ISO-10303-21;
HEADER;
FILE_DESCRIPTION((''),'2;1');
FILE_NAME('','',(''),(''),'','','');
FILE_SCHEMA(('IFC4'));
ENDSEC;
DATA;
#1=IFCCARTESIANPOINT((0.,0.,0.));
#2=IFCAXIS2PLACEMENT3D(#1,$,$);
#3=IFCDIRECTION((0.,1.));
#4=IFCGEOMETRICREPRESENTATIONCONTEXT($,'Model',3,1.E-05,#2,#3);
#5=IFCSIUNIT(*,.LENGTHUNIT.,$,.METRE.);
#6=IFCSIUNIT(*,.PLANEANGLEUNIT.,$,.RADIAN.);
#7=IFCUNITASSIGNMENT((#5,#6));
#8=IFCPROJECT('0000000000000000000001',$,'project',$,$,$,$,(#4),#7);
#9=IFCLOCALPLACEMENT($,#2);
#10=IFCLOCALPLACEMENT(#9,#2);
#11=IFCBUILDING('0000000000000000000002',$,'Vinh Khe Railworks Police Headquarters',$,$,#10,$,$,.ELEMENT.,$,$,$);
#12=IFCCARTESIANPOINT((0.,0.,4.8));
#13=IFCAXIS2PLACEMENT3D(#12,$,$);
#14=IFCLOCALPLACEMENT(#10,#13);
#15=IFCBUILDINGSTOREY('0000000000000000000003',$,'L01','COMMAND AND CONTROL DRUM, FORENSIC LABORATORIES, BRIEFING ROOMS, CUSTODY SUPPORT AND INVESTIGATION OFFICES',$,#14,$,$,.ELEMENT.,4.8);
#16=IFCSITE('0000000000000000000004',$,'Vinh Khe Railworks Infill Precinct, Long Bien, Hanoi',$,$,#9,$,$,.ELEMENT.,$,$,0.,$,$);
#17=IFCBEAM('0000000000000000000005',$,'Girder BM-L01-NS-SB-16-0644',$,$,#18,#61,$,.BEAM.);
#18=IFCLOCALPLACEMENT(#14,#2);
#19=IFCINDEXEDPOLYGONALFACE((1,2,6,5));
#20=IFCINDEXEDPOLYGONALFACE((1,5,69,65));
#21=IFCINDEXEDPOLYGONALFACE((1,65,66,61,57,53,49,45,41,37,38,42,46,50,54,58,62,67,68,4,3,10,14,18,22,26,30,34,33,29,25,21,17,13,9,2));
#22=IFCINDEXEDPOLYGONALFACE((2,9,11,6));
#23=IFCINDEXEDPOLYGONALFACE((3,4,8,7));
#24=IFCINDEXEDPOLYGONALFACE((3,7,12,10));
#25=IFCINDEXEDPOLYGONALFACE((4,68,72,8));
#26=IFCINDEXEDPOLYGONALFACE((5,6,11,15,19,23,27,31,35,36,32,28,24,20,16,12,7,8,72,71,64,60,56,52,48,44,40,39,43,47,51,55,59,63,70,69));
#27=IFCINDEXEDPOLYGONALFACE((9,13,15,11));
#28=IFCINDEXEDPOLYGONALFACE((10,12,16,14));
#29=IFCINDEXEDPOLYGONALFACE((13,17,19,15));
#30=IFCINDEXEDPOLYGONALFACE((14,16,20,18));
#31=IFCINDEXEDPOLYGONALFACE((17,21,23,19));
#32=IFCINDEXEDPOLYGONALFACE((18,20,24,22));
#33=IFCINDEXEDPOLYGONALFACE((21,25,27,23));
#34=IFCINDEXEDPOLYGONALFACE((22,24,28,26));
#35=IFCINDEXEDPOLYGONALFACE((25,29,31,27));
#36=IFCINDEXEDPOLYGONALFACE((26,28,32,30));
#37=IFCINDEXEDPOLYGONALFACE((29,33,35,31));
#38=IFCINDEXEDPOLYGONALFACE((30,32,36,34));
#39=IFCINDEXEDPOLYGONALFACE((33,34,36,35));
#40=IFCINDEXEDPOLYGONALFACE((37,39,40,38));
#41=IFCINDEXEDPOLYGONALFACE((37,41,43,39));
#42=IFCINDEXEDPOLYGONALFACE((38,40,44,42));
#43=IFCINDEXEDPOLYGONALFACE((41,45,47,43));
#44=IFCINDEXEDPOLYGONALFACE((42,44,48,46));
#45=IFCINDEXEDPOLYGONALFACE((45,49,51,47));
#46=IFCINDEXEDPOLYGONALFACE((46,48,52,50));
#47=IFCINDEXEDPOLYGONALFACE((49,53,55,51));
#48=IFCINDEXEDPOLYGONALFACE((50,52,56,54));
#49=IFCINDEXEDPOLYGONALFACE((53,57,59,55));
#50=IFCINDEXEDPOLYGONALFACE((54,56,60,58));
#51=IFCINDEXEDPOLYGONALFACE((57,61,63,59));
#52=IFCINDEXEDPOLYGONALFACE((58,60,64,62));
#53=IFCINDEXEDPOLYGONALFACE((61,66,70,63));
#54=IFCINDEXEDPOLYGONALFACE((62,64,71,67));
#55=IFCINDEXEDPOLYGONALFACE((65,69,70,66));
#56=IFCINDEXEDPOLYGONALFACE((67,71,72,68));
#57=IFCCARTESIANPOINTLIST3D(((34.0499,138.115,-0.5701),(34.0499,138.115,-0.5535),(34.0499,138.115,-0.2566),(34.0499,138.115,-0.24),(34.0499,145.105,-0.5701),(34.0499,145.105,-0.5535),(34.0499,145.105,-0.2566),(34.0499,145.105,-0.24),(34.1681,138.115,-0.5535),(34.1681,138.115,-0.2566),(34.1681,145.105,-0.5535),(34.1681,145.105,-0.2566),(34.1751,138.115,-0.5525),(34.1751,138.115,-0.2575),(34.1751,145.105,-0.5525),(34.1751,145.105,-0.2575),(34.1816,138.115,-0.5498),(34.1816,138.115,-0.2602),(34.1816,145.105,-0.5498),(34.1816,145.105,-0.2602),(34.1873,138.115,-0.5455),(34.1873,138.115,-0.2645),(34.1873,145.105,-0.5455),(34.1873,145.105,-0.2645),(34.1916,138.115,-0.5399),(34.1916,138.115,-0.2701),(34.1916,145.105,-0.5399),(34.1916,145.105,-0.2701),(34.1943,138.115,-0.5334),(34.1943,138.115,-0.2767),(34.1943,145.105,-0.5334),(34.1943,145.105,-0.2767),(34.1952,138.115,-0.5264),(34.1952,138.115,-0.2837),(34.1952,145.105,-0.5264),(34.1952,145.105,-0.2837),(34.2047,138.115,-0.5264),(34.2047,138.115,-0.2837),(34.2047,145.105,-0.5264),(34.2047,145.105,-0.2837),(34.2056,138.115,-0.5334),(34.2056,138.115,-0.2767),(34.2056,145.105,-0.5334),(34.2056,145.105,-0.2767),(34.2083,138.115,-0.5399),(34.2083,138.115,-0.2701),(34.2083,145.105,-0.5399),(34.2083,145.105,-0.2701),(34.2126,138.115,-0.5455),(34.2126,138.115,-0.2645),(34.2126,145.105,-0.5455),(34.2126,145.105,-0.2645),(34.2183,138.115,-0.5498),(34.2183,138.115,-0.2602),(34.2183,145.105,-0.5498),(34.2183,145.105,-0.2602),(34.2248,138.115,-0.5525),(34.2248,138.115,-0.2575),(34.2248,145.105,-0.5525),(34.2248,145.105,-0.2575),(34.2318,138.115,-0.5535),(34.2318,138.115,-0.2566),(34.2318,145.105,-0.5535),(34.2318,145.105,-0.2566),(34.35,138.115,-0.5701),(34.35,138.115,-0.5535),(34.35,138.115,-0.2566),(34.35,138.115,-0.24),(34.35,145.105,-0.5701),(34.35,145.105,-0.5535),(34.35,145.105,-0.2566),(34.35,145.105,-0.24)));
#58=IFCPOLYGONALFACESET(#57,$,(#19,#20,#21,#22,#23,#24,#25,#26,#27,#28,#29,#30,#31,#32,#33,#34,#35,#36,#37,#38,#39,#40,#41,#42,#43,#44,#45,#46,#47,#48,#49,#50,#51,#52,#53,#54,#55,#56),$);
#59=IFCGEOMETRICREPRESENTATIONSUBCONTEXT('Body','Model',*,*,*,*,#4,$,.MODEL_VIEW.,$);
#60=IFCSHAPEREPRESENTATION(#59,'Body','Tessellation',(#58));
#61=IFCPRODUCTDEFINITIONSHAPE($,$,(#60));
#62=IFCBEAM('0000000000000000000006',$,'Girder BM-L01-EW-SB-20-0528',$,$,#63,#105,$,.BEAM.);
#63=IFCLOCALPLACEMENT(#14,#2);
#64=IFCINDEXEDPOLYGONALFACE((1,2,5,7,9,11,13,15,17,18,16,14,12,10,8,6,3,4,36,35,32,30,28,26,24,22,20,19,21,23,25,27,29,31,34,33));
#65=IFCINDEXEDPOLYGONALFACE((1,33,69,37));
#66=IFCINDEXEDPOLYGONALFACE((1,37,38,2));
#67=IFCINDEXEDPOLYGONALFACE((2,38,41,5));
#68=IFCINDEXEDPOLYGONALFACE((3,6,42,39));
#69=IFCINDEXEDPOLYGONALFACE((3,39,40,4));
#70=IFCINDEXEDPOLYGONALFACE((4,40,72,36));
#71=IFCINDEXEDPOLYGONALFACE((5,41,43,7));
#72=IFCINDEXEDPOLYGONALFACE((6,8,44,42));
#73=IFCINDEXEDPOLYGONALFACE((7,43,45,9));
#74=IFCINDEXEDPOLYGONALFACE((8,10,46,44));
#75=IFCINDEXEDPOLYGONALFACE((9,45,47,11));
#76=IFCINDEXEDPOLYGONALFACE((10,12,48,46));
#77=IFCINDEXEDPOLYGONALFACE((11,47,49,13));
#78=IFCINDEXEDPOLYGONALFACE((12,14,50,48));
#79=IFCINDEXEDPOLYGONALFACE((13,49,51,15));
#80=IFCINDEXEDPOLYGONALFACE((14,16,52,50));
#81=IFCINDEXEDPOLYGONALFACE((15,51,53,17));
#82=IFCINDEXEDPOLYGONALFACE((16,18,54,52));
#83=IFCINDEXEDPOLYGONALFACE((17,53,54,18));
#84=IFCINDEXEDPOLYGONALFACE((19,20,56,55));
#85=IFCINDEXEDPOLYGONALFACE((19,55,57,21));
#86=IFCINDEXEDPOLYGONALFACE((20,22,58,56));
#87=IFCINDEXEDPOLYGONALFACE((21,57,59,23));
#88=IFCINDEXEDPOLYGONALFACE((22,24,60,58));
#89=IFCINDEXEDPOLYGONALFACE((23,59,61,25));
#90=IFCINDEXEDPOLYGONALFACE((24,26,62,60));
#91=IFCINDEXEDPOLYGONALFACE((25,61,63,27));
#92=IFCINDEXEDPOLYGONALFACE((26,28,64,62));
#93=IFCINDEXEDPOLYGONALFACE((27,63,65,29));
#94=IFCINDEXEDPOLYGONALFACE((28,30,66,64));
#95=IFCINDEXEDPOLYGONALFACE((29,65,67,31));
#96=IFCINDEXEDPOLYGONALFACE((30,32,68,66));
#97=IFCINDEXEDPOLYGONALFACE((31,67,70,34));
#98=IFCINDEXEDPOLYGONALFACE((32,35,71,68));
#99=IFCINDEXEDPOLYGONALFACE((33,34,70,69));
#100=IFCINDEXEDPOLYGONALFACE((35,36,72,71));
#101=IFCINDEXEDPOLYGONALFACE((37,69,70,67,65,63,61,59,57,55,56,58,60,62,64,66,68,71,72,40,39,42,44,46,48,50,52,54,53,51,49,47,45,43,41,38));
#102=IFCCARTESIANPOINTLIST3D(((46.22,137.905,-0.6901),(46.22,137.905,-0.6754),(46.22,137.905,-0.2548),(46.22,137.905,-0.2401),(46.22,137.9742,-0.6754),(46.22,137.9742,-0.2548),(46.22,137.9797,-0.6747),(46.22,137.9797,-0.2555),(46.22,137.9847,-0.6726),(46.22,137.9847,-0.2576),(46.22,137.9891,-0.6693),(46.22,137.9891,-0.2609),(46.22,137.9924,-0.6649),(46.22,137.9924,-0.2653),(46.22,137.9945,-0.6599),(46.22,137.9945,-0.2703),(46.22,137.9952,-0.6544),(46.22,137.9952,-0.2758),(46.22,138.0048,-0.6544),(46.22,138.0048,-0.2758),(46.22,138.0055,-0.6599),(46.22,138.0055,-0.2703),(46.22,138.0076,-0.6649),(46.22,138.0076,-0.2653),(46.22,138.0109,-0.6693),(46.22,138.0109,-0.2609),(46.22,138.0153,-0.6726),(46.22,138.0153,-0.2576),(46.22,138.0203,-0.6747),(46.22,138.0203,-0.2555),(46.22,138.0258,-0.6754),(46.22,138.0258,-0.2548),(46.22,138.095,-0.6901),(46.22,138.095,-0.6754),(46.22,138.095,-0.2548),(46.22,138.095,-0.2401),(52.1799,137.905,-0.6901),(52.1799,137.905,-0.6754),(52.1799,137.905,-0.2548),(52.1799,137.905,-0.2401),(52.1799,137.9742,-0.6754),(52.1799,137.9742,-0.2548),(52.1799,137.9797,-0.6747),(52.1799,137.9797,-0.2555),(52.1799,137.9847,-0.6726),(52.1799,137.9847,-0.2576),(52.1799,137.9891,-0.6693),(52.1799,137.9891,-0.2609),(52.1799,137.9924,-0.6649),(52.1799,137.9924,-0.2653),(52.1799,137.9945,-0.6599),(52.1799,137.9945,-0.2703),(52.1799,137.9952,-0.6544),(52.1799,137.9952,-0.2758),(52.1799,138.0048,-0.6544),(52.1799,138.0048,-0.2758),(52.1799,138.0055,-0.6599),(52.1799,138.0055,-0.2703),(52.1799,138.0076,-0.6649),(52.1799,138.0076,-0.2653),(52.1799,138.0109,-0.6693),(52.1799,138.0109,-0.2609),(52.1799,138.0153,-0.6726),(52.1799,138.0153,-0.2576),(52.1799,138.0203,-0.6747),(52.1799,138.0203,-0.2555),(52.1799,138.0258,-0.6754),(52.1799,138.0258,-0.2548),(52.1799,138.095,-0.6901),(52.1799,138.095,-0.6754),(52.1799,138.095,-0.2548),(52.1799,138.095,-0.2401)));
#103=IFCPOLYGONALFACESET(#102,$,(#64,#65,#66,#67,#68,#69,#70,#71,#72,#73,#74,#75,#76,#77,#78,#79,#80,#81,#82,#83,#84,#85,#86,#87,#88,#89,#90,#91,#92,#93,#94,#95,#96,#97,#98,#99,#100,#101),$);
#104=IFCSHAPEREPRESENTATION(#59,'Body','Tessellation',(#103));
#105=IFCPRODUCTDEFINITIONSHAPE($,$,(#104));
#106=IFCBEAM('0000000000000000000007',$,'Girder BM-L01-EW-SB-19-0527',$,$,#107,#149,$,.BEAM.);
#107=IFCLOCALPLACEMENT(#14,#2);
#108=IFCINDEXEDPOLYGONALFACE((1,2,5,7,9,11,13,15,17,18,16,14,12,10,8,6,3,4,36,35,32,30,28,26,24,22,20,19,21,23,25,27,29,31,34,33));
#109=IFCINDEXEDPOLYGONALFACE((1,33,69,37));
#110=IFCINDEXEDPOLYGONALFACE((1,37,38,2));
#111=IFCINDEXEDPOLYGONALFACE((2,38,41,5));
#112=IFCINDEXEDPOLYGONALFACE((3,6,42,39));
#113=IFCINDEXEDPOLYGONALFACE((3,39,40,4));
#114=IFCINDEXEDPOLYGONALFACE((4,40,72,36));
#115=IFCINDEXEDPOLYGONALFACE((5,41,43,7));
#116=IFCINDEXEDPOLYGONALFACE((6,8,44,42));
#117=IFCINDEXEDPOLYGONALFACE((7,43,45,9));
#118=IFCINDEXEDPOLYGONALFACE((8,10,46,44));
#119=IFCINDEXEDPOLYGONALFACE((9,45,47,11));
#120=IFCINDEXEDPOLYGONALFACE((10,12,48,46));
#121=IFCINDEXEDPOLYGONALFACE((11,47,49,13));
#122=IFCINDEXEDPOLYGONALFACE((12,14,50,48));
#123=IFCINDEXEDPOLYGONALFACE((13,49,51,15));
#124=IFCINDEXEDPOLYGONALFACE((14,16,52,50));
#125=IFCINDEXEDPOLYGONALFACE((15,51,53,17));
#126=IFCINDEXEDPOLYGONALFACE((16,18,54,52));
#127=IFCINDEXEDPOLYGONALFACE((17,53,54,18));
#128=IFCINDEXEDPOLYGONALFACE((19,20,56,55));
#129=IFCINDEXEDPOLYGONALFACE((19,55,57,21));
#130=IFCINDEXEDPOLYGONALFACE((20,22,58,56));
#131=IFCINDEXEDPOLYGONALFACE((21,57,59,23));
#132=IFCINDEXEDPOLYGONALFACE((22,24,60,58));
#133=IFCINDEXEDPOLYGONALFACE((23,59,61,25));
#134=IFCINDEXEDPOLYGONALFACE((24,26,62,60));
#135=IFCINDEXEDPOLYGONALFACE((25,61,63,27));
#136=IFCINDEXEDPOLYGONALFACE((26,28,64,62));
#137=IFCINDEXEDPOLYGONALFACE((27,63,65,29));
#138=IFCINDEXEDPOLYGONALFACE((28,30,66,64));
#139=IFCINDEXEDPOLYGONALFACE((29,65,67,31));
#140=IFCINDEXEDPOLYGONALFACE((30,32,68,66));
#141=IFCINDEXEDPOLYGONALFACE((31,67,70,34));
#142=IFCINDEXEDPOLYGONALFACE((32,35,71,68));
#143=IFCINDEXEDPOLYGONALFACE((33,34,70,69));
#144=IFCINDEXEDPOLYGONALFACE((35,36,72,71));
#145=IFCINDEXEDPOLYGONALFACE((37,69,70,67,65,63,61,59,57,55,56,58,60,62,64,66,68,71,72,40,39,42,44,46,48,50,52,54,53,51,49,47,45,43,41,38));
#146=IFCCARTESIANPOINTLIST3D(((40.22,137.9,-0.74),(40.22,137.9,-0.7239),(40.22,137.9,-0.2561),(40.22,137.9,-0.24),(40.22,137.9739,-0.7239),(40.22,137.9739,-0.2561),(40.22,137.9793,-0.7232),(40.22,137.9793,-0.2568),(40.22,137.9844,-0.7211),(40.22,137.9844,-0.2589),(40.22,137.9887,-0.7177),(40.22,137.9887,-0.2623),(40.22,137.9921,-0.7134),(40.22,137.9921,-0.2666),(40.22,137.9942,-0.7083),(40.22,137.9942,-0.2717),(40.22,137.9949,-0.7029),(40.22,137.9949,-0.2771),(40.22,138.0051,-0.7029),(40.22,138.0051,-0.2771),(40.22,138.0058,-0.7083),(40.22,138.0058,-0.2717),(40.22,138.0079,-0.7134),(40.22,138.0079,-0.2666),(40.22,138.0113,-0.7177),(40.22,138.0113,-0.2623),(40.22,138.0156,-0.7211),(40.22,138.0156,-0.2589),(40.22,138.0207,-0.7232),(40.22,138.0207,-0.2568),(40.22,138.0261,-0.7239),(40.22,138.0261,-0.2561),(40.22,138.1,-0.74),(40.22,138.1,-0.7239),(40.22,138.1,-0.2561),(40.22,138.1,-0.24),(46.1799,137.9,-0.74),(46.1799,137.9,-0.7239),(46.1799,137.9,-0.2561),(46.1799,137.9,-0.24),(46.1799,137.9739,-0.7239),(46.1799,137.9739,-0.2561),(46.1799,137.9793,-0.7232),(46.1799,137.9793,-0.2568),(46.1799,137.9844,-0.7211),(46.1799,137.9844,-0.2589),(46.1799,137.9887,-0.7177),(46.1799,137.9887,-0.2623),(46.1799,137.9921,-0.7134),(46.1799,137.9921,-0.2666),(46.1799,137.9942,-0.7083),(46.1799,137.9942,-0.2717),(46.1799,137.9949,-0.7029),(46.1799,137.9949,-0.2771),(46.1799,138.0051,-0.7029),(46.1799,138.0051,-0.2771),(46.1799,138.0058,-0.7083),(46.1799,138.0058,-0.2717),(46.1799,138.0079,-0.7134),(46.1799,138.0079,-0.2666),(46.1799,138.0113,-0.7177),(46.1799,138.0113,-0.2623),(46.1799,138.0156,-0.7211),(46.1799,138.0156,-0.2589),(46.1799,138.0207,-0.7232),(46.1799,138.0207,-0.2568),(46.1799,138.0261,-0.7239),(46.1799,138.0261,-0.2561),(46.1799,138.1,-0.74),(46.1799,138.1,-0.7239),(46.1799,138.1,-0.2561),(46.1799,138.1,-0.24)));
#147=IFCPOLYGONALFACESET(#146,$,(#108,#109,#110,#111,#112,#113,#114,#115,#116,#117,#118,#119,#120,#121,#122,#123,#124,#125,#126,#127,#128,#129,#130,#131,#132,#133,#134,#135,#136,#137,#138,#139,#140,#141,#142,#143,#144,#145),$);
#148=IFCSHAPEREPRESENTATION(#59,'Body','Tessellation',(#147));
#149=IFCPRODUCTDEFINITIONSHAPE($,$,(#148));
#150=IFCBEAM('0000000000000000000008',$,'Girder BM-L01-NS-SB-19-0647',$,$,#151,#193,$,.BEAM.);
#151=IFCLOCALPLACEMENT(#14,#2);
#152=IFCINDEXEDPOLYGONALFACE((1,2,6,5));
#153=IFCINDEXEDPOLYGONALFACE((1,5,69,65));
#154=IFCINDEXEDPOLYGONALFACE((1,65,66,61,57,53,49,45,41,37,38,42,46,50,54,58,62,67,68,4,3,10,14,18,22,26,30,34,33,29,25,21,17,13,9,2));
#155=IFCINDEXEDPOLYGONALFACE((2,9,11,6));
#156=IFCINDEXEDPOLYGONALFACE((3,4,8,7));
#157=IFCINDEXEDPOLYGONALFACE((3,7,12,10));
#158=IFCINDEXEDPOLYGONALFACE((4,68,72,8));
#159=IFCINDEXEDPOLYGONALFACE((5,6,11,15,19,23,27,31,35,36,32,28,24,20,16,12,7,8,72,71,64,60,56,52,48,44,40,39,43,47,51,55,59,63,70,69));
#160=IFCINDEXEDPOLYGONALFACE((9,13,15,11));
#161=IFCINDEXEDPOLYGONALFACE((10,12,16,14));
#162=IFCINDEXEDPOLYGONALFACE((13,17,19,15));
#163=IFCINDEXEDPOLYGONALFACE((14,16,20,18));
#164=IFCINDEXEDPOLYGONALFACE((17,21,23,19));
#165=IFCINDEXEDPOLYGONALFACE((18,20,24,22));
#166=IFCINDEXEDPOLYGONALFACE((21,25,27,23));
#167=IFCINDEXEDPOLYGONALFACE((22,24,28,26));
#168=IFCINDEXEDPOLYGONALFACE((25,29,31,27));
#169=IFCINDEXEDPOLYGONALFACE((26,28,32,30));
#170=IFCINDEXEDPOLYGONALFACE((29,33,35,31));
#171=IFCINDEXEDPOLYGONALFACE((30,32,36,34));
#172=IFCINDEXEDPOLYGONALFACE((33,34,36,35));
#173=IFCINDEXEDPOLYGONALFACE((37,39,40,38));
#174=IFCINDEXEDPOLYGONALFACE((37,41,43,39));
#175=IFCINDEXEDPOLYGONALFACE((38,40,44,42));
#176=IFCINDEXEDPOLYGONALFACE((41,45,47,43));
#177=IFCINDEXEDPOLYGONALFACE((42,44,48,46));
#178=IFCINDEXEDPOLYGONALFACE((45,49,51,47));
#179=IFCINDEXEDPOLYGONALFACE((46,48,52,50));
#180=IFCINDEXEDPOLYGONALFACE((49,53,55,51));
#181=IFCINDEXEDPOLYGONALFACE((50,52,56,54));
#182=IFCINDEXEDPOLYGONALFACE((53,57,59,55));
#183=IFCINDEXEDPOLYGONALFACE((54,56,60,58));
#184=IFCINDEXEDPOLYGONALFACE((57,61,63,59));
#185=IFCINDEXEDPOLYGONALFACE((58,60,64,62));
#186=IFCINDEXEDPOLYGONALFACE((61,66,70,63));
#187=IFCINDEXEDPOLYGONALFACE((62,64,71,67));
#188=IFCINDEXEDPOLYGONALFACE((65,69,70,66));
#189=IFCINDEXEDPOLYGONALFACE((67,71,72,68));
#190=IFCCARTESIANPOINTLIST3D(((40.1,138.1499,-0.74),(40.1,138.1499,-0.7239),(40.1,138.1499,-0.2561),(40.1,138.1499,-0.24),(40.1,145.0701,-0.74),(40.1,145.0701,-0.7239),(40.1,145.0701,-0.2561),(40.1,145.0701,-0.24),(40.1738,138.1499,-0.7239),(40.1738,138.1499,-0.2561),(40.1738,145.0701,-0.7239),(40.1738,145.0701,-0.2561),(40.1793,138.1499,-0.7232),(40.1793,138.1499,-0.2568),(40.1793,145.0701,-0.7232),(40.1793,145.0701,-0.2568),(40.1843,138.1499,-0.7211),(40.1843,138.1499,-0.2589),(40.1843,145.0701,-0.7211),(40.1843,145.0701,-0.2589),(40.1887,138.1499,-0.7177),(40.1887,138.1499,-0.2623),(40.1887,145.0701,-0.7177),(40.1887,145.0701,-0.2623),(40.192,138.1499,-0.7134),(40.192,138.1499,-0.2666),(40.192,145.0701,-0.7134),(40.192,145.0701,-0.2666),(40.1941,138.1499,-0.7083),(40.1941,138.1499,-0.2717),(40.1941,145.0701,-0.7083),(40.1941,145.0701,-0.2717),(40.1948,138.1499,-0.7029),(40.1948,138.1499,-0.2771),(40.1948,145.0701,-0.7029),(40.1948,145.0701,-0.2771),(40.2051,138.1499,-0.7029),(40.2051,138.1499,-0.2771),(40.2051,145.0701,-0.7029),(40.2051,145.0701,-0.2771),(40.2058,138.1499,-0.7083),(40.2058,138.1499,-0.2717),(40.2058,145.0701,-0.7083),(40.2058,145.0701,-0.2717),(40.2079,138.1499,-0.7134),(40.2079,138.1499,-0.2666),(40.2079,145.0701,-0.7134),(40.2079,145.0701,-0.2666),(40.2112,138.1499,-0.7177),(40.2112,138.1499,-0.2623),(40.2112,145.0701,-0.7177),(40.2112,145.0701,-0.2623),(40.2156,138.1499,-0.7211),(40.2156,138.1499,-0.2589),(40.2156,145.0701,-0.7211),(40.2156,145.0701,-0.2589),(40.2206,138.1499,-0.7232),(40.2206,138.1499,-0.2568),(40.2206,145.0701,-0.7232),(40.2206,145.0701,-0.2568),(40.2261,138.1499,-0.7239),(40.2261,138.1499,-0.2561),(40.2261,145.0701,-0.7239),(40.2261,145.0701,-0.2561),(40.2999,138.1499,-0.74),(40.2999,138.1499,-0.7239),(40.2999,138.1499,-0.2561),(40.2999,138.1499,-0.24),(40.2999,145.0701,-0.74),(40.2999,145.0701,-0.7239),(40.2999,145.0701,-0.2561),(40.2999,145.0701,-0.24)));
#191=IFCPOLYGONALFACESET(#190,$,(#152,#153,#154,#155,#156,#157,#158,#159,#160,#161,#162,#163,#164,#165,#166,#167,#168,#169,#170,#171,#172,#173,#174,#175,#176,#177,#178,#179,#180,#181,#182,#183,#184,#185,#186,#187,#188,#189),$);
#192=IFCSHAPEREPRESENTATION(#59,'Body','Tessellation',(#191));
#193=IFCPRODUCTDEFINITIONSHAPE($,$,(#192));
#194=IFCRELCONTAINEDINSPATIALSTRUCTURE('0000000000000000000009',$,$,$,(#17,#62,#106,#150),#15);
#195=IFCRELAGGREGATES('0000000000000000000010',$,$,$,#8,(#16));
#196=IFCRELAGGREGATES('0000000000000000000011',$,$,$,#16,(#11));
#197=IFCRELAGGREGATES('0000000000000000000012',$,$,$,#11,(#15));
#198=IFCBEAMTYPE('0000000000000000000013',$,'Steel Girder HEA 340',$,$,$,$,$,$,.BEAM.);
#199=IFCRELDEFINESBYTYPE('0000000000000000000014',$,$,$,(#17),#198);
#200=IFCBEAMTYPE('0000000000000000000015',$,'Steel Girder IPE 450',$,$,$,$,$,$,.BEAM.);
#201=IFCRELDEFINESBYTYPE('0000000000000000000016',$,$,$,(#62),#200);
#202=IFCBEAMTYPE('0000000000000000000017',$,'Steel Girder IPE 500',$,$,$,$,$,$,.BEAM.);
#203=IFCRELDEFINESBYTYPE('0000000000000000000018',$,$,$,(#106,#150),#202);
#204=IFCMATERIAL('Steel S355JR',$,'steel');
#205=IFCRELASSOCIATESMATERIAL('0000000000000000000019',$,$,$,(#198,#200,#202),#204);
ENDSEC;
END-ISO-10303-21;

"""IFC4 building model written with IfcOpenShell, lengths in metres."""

from ifc_helpers import new_model, si_unit, direction, frame, origin, origin_2d, place, context, subcontext, project, spatial, i_section, extrude, material, material_profile, profile_set, type_object, element, save


model = new_model("IFC4")

# Units and contexts
model_context = context("Model", 3, precision=1e-05, world=origin(), true_north=direction((0.0, 1.0)))
body_context = subcontext(model_context, "Body", "Model", "MODEL_VIEW")
ifc_project = project(units=[si_unit("LENGTHUNIT", "METRE"), si_unit("PLANEANGLEUNIT", "RADIAN")], contexts=[model_context])

# Site, building, storey
site_placement = place(None, origin())
site = spatial("IfcSite", under=ifc_project, at=site_placement, Name="Vinh Khe Railworks Infill Precinct, Long Bien, Hanoi", CompositionType="ELEMENT", RefElevation=0.0)
building_placement = place(site_placement, origin())
building = spatial("IfcBuilding", under=site, at=building_placement, Name="Vinh Khe Railworks Police Headquarters", CompositionType="ELEMENT")
storey_placement = place(building_placement, frame((0.0, 0.0, 4.8)))
storey = spatial("IfcBuildingStorey", under=building, at=storey_placement, Name="L01", Description="COMMAND AND CONTROL DRUM, FORENSIC LABORATORIES, BRIEFING ROOMS, CUSTODY SUPPORT AND INVESTIGATION OFFICES", CompositionType="ELEMENT", Elevation=4.8)

# Shared definitions
ifc_material_1 = material(Name="Steel S355JR", Category="steel")

# Beams
ifc_material_profile_1 = material_profile(ifc_material_1, i_section(OverallWidth=0.3, OverallDepth=0.3301, WebThickness=0.0095, FlangeThickness=0.0166, FilletRadius=0.0271, at=origin_2d()), Name="HEA 340")
ifc_profile_set_1 = profile_set([ifc_material_profile_1], Name="Steel S355JR")
beam_type_1 = type_object("IfcBeamType", Name="Steel Girder HEA 340", PredefinedType="BEAM", material=ifc_profile_set_1)
beam_1_placement = place(storey_placement, frame((34.2, 138.115, -0.405), z_axis=(0.0, 1.0, 0.0), x_axis=(-1.0, 0.0, 0.0)))
element("IfcBeam", 1, at=beam_1_placement, inside=storey, type_object=beam_type_1, Name="Girder BM-L01-NS-SB-16-0644", PredefinedType="BEAM", context=body_context, shape_type="SweptSolid", body=[
    extrude(i_section(OverallWidth=0.3, OverallDepth=0.3301, WebThickness=0.0095, FlangeThickness=0.0166, FilletRadius=0.0271, at=origin_2d()), origin(), (0.0, 0.0, 1.0), 6.99),
])
ifc_material_profile_2 = material_profile(ifc_material_1, i_section(OverallWidth=0.1899, OverallDepth=0.45, WebThickness=0.0095, FlangeThickness=0.0146, FilletRadius=0.021, at=origin_2d()), Name="IPE 450")
ifc_profile_set_2 = profile_set([ifc_material_profile_2], Name="Steel S355JR")
beam_type_2 = type_object("IfcBeamType", Name="Steel Girder IPE 450", PredefinedType="BEAM", material=ifc_profile_set_2)
beam_2_placement = place(storey_placement, frame((46.22, 138.0, -0.4651), z_axis=(1.0, 0.0, 0.0), x_axis=(0.0, 1.0, 0.0)))
element("IfcBeam", 2, at=beam_2_placement, inside=storey, type_object=beam_type_2, Name="Girder BM-L01-EW-SB-20-0528", PredefinedType="BEAM", context=body_context, shape_type="SweptSolid", body=[
    extrude(i_section(OverallWidth=0.1899, OverallDepth=0.45, WebThickness=0.0095, FlangeThickness=0.0146, FilletRadius=0.021, at=origin_2d()), origin(), (0.0, 0.0, 1.0), 5.96),
])
ifc_material_profile_3 = material_profile(ifc_material_1, i_section(OverallWidth=0.2, OverallDepth=0.5, WebThickness=0.0103, FlangeThickness=0.0161, FilletRadius=0.021, at=origin_2d()), Name="IPE 500")
ifc_profile_set_3 = profile_set([ifc_material_profile_3], Name="Steel S355JR")
beam_type_3 = type_object("IfcBeamType", Name="Steel Girder IPE 500", PredefinedType="BEAM", material=ifc_profile_set_3)
beam_3_placement = place(storey_placement, frame((40.22, 138.0, -0.49), z_axis=(1.0, 0.0, 0.0), x_axis=(0.0, 1.0, 0.0)))
element("IfcBeam", 3, at=beam_3_placement, inside=storey, type_object=beam_type_3, Name="Girder BM-L01-EW-SB-19-0527", PredefinedType="BEAM", context=body_context, shape_type="SweptSolid", body=[
    extrude(i_section(OverallWidth=0.2, OverallDepth=0.5, WebThickness=0.0103, FlangeThickness=0.0161, FilletRadius=0.021, at=origin_2d()), origin(), (0.0, 0.0, 1.0), 5.96),
])
beam_4_placement = place(storey_placement, frame((40.2, 138.1499, -0.49), z_axis=(0.0, 1.0, 0.0), x_axis=(-1.0, 0.0, 0.0)))
element("IfcBeam", 4, at=beam_4_placement, inside=storey, type_object=beam_type_3, Name="Girder BM-L01-NS-SB-19-0647", PredefinedType="BEAM", context=body_context, shape_type="SweptSolid", body=[
    extrude(i_section(OverallWidth=0.2, OverallDepth=0.5, WebThickness=0.0103, FlangeThickness=0.0161, FilletRadius=0.021, at=origin_2d()), origin(), (0.0, 0.0, 1.0), 6.9202),
])

save(model, "model.ifc")
